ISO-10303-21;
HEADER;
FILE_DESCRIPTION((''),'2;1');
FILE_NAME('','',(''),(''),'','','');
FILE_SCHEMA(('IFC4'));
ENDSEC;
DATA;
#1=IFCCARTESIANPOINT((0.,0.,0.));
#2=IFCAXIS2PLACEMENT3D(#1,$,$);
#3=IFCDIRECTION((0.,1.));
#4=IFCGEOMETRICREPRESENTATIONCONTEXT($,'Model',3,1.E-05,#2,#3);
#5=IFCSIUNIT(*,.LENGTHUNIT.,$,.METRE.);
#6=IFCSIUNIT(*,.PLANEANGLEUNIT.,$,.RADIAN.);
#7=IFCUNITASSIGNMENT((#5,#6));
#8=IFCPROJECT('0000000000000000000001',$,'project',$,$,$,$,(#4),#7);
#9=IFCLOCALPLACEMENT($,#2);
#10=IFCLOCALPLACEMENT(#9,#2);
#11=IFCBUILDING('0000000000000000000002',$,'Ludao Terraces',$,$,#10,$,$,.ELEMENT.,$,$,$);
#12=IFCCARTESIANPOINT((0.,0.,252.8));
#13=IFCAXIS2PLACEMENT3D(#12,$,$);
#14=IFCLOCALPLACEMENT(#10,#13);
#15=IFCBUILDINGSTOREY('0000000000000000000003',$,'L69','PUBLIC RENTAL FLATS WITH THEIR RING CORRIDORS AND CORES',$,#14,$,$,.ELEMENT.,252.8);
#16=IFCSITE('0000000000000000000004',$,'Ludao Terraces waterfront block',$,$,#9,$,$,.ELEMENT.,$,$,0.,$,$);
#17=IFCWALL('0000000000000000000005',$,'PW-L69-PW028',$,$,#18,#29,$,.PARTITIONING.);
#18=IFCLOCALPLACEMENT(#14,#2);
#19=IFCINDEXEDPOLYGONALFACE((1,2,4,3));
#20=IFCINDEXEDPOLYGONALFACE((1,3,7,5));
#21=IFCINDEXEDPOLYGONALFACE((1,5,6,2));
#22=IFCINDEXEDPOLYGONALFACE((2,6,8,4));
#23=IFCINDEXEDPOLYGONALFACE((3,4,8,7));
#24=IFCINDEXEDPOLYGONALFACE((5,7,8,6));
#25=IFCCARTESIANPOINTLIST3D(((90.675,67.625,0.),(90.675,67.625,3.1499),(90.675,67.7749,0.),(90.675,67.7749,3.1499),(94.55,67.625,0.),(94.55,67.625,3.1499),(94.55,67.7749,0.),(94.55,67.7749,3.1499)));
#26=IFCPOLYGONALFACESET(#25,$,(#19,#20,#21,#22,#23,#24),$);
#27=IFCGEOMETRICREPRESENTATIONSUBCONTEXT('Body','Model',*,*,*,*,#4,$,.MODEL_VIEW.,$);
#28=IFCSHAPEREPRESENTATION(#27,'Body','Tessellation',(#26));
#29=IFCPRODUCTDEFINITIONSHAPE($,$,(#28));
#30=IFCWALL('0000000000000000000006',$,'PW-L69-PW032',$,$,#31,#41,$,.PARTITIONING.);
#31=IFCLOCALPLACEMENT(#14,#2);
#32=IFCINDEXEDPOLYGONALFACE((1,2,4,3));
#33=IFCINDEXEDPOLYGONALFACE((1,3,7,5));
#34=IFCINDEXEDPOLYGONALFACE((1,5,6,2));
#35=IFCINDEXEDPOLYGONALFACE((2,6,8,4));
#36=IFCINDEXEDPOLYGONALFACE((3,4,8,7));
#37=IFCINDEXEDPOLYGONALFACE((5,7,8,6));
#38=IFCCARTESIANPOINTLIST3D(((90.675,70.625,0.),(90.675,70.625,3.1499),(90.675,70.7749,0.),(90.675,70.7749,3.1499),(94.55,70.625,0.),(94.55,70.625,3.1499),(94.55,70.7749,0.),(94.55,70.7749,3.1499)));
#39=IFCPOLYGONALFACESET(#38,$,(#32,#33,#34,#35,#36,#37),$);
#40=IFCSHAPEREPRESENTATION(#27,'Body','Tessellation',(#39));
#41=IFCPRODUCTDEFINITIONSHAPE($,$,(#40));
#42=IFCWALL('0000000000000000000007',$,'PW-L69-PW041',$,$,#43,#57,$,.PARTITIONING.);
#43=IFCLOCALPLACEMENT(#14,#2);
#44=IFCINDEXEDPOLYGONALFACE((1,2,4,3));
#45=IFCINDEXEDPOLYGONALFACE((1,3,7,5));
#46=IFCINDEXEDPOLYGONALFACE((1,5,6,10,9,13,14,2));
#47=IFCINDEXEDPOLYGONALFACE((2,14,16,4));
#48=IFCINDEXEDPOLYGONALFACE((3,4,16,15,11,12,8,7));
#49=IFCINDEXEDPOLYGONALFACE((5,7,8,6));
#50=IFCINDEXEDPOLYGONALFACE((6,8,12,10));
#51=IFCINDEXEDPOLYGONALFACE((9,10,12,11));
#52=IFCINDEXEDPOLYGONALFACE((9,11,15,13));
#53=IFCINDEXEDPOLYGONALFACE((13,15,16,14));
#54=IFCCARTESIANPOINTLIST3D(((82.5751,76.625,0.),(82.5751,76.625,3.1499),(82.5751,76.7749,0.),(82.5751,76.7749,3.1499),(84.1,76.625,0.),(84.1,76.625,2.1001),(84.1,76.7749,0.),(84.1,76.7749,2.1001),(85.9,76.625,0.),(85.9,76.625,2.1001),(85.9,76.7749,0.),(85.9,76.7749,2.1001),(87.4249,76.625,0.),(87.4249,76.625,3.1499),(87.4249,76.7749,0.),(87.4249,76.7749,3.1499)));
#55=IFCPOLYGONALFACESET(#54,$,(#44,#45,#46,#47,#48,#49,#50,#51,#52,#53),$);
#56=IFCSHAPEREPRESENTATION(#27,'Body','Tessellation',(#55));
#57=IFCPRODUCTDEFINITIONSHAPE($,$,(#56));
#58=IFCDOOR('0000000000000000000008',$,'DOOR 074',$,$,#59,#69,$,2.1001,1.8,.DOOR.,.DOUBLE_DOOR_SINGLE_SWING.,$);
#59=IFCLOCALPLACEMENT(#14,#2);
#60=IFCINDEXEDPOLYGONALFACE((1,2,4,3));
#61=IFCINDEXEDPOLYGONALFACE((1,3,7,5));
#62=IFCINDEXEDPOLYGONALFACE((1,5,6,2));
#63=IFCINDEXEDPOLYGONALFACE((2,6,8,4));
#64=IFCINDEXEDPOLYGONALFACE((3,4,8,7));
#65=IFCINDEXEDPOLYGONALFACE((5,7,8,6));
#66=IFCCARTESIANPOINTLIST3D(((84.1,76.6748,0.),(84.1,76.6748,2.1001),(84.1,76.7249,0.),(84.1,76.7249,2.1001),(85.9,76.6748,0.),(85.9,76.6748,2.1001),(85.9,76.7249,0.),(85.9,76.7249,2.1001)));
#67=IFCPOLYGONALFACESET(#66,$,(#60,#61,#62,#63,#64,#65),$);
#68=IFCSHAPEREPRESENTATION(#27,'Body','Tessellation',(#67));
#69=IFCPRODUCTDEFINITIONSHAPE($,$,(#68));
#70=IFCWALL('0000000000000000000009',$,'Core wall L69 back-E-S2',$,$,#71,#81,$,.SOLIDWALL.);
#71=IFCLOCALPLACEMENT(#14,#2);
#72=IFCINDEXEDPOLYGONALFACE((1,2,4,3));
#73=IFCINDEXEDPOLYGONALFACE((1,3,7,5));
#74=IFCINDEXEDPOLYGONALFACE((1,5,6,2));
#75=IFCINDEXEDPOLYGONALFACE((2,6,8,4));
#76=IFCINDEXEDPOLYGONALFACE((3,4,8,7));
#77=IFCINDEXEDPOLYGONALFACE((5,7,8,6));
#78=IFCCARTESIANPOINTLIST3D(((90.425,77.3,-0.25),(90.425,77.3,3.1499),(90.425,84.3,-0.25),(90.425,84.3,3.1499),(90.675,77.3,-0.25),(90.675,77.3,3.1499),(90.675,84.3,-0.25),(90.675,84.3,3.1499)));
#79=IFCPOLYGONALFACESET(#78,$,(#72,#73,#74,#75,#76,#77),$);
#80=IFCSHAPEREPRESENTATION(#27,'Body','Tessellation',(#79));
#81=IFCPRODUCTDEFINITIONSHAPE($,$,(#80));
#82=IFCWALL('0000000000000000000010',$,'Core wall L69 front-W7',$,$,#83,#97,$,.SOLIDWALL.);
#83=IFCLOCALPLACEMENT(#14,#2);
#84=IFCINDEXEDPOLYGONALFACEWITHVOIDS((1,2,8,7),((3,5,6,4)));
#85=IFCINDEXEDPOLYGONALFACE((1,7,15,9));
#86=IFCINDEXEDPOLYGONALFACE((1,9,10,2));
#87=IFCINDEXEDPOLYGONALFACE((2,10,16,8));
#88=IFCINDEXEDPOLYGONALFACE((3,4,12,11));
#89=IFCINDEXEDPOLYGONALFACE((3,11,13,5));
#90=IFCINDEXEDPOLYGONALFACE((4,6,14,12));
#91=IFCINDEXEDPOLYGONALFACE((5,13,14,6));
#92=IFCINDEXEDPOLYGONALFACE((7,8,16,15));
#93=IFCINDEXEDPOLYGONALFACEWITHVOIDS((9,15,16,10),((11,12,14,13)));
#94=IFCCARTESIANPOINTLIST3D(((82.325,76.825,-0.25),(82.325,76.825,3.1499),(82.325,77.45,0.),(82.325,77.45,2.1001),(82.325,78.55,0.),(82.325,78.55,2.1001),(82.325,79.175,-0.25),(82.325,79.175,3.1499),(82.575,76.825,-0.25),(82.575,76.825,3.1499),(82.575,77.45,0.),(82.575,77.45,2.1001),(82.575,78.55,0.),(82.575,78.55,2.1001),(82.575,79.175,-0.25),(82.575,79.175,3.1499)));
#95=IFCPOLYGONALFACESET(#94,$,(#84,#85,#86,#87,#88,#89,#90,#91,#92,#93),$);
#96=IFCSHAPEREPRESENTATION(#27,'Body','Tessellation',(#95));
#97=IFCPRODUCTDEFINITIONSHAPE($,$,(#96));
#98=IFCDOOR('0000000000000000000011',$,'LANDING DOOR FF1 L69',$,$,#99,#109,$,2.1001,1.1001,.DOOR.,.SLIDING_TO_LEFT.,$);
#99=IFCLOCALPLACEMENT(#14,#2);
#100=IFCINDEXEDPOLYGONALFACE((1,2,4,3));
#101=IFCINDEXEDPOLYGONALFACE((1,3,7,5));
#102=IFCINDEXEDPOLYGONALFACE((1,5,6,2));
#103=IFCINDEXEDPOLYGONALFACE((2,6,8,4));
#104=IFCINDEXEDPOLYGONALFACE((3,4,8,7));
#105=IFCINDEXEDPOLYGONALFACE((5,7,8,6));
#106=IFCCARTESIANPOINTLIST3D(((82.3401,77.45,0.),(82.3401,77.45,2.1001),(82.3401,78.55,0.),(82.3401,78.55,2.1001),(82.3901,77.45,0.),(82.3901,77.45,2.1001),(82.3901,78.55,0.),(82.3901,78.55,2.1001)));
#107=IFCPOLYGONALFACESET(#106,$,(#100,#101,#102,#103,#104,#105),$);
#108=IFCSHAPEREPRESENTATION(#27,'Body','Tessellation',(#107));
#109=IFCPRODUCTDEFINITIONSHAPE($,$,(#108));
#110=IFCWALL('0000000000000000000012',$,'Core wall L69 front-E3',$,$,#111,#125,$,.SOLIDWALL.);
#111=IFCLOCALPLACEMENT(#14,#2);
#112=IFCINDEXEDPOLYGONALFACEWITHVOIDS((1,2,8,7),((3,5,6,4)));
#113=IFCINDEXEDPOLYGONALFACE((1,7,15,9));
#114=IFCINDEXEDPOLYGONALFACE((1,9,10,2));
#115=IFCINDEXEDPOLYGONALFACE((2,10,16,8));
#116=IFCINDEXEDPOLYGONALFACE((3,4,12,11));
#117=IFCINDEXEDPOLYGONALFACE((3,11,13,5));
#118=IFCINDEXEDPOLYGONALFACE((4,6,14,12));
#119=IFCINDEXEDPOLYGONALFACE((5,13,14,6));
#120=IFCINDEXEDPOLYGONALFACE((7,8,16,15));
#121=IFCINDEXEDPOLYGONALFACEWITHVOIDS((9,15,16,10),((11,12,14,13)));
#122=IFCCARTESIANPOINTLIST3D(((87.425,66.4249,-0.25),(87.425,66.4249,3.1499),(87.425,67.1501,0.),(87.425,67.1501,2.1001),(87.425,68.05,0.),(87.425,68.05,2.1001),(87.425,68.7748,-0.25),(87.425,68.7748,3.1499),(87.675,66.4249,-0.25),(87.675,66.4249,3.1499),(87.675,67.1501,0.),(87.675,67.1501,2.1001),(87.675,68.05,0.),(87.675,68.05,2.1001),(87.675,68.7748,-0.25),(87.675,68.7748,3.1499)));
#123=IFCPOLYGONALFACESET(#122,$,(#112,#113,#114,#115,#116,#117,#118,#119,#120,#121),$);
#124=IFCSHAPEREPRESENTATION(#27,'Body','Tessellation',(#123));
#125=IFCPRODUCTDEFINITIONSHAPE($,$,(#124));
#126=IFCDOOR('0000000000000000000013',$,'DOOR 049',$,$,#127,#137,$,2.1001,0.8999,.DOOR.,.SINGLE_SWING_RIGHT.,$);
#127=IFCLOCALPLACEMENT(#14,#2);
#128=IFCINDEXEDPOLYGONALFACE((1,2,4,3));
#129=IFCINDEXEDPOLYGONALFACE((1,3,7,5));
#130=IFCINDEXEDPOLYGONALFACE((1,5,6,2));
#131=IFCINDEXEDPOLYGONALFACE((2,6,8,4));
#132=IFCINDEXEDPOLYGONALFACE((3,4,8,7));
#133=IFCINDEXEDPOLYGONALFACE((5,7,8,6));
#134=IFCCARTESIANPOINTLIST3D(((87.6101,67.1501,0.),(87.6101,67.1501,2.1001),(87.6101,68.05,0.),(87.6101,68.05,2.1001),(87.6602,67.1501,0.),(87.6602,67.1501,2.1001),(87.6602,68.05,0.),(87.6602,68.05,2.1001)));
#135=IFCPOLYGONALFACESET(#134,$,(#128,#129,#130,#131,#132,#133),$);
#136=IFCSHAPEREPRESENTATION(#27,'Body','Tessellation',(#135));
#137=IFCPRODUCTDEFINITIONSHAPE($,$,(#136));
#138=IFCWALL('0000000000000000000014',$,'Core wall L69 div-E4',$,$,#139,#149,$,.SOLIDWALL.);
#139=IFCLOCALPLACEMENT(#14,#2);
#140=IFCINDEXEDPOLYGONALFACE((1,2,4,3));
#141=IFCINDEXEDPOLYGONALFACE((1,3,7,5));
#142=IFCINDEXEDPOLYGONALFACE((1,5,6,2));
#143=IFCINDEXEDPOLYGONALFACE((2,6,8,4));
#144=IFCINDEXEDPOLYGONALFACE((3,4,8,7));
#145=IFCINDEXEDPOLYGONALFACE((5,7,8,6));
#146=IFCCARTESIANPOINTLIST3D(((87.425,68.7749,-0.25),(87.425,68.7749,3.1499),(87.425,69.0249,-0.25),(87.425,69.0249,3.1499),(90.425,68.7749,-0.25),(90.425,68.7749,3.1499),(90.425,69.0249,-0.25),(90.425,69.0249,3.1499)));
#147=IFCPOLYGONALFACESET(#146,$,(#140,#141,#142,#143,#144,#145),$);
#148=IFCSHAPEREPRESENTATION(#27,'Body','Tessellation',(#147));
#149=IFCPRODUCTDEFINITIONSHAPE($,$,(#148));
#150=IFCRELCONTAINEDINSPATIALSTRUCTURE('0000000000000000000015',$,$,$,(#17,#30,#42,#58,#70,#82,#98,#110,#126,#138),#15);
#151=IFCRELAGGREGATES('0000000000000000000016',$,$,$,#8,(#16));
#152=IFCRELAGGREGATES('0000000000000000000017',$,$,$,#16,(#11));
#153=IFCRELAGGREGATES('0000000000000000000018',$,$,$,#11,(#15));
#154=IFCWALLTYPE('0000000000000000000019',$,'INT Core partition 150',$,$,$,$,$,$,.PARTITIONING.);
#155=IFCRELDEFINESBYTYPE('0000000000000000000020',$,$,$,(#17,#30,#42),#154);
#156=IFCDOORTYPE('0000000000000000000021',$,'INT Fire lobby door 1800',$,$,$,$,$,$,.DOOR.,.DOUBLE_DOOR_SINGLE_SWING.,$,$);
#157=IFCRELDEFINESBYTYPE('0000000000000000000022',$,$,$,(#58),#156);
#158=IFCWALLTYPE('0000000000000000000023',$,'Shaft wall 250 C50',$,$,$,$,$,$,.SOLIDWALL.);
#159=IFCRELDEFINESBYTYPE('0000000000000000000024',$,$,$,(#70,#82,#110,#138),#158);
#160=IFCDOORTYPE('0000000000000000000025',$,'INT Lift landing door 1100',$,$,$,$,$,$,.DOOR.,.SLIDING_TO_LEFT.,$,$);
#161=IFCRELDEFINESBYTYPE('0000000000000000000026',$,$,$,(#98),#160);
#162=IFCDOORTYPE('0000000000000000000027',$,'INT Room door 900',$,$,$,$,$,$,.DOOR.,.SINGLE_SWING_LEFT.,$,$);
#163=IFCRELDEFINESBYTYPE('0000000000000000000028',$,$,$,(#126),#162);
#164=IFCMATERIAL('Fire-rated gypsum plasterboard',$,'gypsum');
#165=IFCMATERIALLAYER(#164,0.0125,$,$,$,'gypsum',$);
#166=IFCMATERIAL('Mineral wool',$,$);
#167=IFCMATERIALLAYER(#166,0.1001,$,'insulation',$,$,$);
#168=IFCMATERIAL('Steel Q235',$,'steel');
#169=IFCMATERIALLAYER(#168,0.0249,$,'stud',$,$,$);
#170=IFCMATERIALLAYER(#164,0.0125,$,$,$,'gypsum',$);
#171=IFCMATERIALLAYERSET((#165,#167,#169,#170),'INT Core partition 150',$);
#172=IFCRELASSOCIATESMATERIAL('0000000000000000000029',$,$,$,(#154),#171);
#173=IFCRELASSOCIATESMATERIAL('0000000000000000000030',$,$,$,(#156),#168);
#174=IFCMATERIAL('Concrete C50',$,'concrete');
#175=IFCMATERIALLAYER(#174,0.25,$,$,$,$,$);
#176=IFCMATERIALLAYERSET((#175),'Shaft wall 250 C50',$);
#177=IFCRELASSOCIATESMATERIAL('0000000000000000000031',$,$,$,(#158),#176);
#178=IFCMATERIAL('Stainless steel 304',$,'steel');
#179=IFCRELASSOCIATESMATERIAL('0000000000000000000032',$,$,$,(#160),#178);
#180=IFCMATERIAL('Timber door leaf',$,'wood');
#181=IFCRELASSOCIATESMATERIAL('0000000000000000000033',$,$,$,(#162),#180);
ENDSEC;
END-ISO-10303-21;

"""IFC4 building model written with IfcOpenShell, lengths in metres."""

from ifc_helpers import new_model, si_unit, direction, frame, frame_2d, origin, place, context, subcontext, project, spatial, rectangle, extrude, material, layer, layer_set, type_object, element, fill, save


model = new_model("IFC4")

# Units and contexts
model_context = context("Model", 3, precision=1e-05, world=origin(), true_north=direction((0.0, 1.0)))
body_context = subcontext(model_context, "Body", "Model", "MODEL_VIEW")
ifc_project = project(units=[si_unit("LENGTHUNIT", "METRE"), si_unit("PLANEANGLEUNIT", "RADIAN")], contexts=[model_context])

# Site, building, storey
site_placement = place(None, origin())
site = spatial("IfcSite", under=ifc_project, at=site_placement, Name="Ludao Terraces waterfront block", CompositionType="ELEMENT", RefElevation=0.0)
building_placement = place(site_placement, origin())
building = spatial("IfcBuilding", under=site, at=building_placement, Name="Ludao Terraces", CompositionType="ELEMENT")
storey_placement = place(building_placement, frame((0.0, 0.0, 252.8)))
storey = spatial("IfcBuildingStorey", under=building, at=storey_placement, Name="L69", Description="PUBLIC RENTAL FLATS WITH THEIR RING CORRIDORS AND CORES", CompositionType="ELEMENT", Elevation=252.8)

# Walls
ifc_material_1 = material(Name="Fire-rated gypsum plasterboard", Category="gypsum")
ifc_layer_1 = layer(ifc_material_1, 0.0125, Category="gypsum")
ifc_material_2 = material(Name="Mineral wool")
ifc_layer_2 = layer(ifc_material_2, 0.1001, Name="insulation")
ifc_material_3 = material(Name="Steel Q235", Category="steel")
ifc_layer_3 = layer(ifc_material_3, 0.0249, Name="stud")
ifc_layer_4 = layer(ifc_material_1, 0.0125, Category="gypsum")
ifc_layer_set_1 = layer_set([ifc_layer_1, ifc_layer_2, ifc_layer_3, ifc_layer_4], Name="INT Core partition 150")
wall_type_1 = type_object("IfcWallType", Name="INT Core partition 150", PredefinedType="PARTITIONING", material=ifc_layer_set_1)
for number, where, z_axis, x_axis, name in (
    (1, (90.675, 67.7, 0.0), (0.0, 0.0, 1.0), (1.0, 0.0, 0.0), "PW-L69-PW028"),
    (2, (90.675, 70.7, 0.0), (0.0, 0.0, 1.0), (1.0, 0.0, 0.0), "PW-L69-PW032"),
):
    element("IfcWall", number, at=place(storey_placement, frame(where, z_axis=z_axis, x_axis=x_axis)), inside=storey, type_object=wall_type_1, Name=name, PredefinedType="PARTITIONING", context=body_context, shape_type="SweptSolid", body=[
        extrude(rectangle(XDim=3.875, YDim=0.1499, at=frame_2d((1.9375, 0.0))), origin(), (0.0, 0.0, 1.0), 3.1499),
    ])

# Wall, opening, door
wall_1_placement = place(storey_placement, frame((82.5752, 76.7, 0.0), z_axis=(0.0, 0.0, 1.0), x_axis=(1.0, 0.0, 0.0)))
wall_1 = element("IfcWall", 3, at=wall_1_placement, inside=storey, type_object=wall_type_1, Name="PW-L69-PW041", PredefinedType="PARTITIONING", context=body_context, shape_type="SweptSolid", body=[
    extrude(rectangle(XDim=4.8499, YDim=0.1499, at=frame_2d((2.4248, 0.0))), origin(), (0.0, 0.0, 1.0), 3.1499),
])
opening_1_placement = place(wall_1_placement, frame((1.5249, 0.0, 0.0)))
opening_1 = element("IfcOpeningElement", 4, at=opening_1_placement, cuts=wall_1, PredefinedType="OPENING", context=body_context, shape_type="SweptSolid", body=[
    extrude(rectangle(XDim=1.8, YDim=2.1001, at=frame_2d((0.8999, 1.05))), frame((0.0, 0.085, 0.0), z_axis=(0.0, -1.0, 0.0), x_axis=(1.0, 0.0, 0.0)), (0.0, 0.0, 1.0), 0.1699),
])
door_type_1 = type_object("IfcDoorType", Name="INT Fire lobby door 1800", OperationType="DOUBLE_DOOR_SINGLE_SWING", PredefinedType="DOOR", material=ifc_material_3)
door_1_placement = place(opening_1_placement, origin())
door_1 = element("IfcDoor", 5, at=door_1_placement, inside=storey, type_object=door_type_1, Name="DOOR 074", OperationType="DOUBLE_DOOR_SINGLE_SWING", OverallHeight=2.1001, OverallWidth=1.8, PredefinedType="DOOR", context=body_context, shape_type="SweptSolid", body=[
    extrude(rectangle(XDim=1.8, YDim=2.1001, at=frame_2d((0.8999, 1.05))), frame((0.0, 0.0249, 0.0), z_axis=(0.0, -1.0, 0.0), x_axis=(1.0, 0.0, 0.0)), (0.0, 0.0, 1.0), 0.05),
])
fill(opening_1, door_1)

# Wall
ifc_material_4 = material(Name="Concrete C50", Category="concrete")
ifc_layer_5 = layer(ifc_material_4, 0.25)
ifc_layer_set_2 = layer_set([ifc_layer_5], Name="Shaft wall 250 C50")
wall_type_2 = type_object("IfcWallType", Name="Shaft wall 250 C50", PredefinedType="SOLIDWALL", material=ifc_layer_set_2)
wall_2_placement = place(storey_placement, frame((90.55, 77.3, -0.25), z_axis=(0.0, 0.0, 1.0), x_axis=(0.0, 1.0, 0.0)))
element("IfcWall", 6, at=wall_2_placement, inside=storey, type_object=wall_type_2, Name="Core wall L69 back-E-S2", PredefinedType="SOLIDWALL", context=body_context, shape_type="SweptSolid", body=[
    extrude(rectangle(XDim=7.0, YDim=0.25, at=frame_2d((3.5, 0.0))), origin(), (0.0, 0.0, 1.0), 3.3999),
])

# Walls, openings, doors
wall_3_placement = place(storey_placement, frame((82.45, 76.825, -0.25), z_axis=(0.0, 0.0, 1.0), x_axis=(0.0, 1.0, 0.0)))
wall_3 = element("IfcWall", 7, at=wall_3_placement, inside=storey, type_object=wall_type_2, Name="Core wall L69 front-W7", PredefinedType="SOLIDWALL", context=body_context, shape_type="SweptSolid", body=[
    extrude(rectangle(XDim=2.3501, YDim=0.25, at=frame_2d((1.175, 0.0))), origin(), (0.0, 0.0, 1.0), 3.3999),
])
opening_2_placement = place(wall_3_placement, frame((0.625, 0.0, 0.25)))
opening_2 = element("IfcOpeningElement", 8, at=opening_2_placement, cuts=wall_3, PredefinedType="OPENING", context=body_context, shape_type="SweptSolid", body=[
    extrude(rectangle(XDim=1.1001, YDim=2.1001, at=frame_2d((0.55, 1.05))), frame((0.0, 0.135, 0.0), z_axis=(0.0, -1.0, 0.0), x_axis=(1.0, 0.0, 0.0)), (0.0, 0.0, 1.0), 0.27),
])
ifc_material_5 = material(Name="Stainless steel 304", Category="steel")
door_type_2 = type_object("IfcDoorType", Name="INT Lift landing door 1100", OperationType="SLIDING_TO_LEFT", PredefinedType="DOOR", material=ifc_material_5)
door_2_placement = place(opening_2_placement, origin())
door_2 = element("IfcDoor", 9, at=door_2_placement, inside=storey, type_object=door_type_2, Name="LANDING DOOR FF1 L69", OperationType="SLIDING_TO_LEFT", OverallHeight=2.1001, OverallWidth=1.1001, PredefinedType="DOOR", context=body_context, shape_type="SweptSolid", body=[
    extrude(rectangle(XDim=1.1001, YDim=2.1001, at=frame_2d((0.55, 1.05))), frame((0.0, 0.1099, 0.0), z_axis=(0.0, -1.0, 0.0), x_axis=(1.0, 0.0, 0.0)), (0.0, 0.0, 1.0), 0.05),
])
fill(opening_2, door_2)
wall_4_placement = place(storey_placement, frame((87.55, 66.425, -0.25), z_axis=(0.0, 0.0, 1.0), x_axis=(0.0, 1.0, 0.0)))
wall_4 = element("IfcWall", 10, at=wall_4_placement, inside=storey, type_object=wall_type_2, Name="Core wall L69 front-E3", PredefinedType="SOLIDWALL", context=body_context, shape_type="SweptSolid", body=[
    extrude(rectangle(XDim=2.3499, YDim=0.25, at=frame_2d((1.1748, 0.0))), origin(), (0.0, 0.0, 1.0), 3.3999),
])
opening_3_placement = place(wall_4_placement, frame((0.7251, 0.0, 0.25)))
opening_3 = element("IfcOpeningElement", 11, at=opening_3_placement, cuts=wall_4, PredefinedType="OPENING", context=body_context, shape_type="SweptSolid", body=[
    extrude(rectangle(XDim=0.8999, YDim=2.1001, at=frame_2d((0.45, 1.05))), frame((0.0, 0.135, 0.0), z_axis=(0.0, -1.0, 0.0), x_axis=(1.0, 0.0, 0.0)), (0.0, 0.0, 1.0), 0.27),
])
ifc_material_6 = material(Name="Timber door leaf", Category="wood")
door_type_3 = type_object("IfcDoorType", Name="INT Room door 900", OperationType="SINGLE_SWING_LEFT", PredefinedType="DOOR", material=ifc_material_6)
door_3_placement = place(opening_3_placement, origin())
door_3 = element("IfcDoor", 12, at=door_3_placement, inside=storey, type_object=door_type_3, Name="DOOR 049", OperationType="SINGLE_SWING_RIGHT", OverallHeight=2.1001, OverallWidth=0.8999, PredefinedType="DOOR", context=body_context, shape_type="SweptSolid", body=[
    extrude(rectangle(XDim=0.8999, YDim=2.1001, at=frame_2d((0.45, 1.05))), frame((0.0, -0.0601, 0.0), z_axis=(0.0, -1.0, 0.0), x_axis=(1.0, 0.0, 0.0)), (0.0, 0.0, 1.0), 0.05),
])
fill(opening_3, door_3)

# Wall
wall_5_placement = place(storey_placement, frame((87.425, 68.8999, -0.25), z_axis=(0.0, 0.0, 1.0), x_axis=(1.0, 0.0, 0.0)))
element("IfcWall", 13, at=wall_5_placement, inside=storey, type_object=wall_type_2, Name="Core wall L69 div-E4", PredefinedType="SOLIDWALL", context=body_context, shape_type="SweptSolid", body=[
    extrude(rectangle(XDim=3.0, YDim=0.25, at=frame_2d((1.5, 0.0))), origin(), (0.0, 0.0, 1.0), 3.3999),
])

save(model, "model.ifc")
